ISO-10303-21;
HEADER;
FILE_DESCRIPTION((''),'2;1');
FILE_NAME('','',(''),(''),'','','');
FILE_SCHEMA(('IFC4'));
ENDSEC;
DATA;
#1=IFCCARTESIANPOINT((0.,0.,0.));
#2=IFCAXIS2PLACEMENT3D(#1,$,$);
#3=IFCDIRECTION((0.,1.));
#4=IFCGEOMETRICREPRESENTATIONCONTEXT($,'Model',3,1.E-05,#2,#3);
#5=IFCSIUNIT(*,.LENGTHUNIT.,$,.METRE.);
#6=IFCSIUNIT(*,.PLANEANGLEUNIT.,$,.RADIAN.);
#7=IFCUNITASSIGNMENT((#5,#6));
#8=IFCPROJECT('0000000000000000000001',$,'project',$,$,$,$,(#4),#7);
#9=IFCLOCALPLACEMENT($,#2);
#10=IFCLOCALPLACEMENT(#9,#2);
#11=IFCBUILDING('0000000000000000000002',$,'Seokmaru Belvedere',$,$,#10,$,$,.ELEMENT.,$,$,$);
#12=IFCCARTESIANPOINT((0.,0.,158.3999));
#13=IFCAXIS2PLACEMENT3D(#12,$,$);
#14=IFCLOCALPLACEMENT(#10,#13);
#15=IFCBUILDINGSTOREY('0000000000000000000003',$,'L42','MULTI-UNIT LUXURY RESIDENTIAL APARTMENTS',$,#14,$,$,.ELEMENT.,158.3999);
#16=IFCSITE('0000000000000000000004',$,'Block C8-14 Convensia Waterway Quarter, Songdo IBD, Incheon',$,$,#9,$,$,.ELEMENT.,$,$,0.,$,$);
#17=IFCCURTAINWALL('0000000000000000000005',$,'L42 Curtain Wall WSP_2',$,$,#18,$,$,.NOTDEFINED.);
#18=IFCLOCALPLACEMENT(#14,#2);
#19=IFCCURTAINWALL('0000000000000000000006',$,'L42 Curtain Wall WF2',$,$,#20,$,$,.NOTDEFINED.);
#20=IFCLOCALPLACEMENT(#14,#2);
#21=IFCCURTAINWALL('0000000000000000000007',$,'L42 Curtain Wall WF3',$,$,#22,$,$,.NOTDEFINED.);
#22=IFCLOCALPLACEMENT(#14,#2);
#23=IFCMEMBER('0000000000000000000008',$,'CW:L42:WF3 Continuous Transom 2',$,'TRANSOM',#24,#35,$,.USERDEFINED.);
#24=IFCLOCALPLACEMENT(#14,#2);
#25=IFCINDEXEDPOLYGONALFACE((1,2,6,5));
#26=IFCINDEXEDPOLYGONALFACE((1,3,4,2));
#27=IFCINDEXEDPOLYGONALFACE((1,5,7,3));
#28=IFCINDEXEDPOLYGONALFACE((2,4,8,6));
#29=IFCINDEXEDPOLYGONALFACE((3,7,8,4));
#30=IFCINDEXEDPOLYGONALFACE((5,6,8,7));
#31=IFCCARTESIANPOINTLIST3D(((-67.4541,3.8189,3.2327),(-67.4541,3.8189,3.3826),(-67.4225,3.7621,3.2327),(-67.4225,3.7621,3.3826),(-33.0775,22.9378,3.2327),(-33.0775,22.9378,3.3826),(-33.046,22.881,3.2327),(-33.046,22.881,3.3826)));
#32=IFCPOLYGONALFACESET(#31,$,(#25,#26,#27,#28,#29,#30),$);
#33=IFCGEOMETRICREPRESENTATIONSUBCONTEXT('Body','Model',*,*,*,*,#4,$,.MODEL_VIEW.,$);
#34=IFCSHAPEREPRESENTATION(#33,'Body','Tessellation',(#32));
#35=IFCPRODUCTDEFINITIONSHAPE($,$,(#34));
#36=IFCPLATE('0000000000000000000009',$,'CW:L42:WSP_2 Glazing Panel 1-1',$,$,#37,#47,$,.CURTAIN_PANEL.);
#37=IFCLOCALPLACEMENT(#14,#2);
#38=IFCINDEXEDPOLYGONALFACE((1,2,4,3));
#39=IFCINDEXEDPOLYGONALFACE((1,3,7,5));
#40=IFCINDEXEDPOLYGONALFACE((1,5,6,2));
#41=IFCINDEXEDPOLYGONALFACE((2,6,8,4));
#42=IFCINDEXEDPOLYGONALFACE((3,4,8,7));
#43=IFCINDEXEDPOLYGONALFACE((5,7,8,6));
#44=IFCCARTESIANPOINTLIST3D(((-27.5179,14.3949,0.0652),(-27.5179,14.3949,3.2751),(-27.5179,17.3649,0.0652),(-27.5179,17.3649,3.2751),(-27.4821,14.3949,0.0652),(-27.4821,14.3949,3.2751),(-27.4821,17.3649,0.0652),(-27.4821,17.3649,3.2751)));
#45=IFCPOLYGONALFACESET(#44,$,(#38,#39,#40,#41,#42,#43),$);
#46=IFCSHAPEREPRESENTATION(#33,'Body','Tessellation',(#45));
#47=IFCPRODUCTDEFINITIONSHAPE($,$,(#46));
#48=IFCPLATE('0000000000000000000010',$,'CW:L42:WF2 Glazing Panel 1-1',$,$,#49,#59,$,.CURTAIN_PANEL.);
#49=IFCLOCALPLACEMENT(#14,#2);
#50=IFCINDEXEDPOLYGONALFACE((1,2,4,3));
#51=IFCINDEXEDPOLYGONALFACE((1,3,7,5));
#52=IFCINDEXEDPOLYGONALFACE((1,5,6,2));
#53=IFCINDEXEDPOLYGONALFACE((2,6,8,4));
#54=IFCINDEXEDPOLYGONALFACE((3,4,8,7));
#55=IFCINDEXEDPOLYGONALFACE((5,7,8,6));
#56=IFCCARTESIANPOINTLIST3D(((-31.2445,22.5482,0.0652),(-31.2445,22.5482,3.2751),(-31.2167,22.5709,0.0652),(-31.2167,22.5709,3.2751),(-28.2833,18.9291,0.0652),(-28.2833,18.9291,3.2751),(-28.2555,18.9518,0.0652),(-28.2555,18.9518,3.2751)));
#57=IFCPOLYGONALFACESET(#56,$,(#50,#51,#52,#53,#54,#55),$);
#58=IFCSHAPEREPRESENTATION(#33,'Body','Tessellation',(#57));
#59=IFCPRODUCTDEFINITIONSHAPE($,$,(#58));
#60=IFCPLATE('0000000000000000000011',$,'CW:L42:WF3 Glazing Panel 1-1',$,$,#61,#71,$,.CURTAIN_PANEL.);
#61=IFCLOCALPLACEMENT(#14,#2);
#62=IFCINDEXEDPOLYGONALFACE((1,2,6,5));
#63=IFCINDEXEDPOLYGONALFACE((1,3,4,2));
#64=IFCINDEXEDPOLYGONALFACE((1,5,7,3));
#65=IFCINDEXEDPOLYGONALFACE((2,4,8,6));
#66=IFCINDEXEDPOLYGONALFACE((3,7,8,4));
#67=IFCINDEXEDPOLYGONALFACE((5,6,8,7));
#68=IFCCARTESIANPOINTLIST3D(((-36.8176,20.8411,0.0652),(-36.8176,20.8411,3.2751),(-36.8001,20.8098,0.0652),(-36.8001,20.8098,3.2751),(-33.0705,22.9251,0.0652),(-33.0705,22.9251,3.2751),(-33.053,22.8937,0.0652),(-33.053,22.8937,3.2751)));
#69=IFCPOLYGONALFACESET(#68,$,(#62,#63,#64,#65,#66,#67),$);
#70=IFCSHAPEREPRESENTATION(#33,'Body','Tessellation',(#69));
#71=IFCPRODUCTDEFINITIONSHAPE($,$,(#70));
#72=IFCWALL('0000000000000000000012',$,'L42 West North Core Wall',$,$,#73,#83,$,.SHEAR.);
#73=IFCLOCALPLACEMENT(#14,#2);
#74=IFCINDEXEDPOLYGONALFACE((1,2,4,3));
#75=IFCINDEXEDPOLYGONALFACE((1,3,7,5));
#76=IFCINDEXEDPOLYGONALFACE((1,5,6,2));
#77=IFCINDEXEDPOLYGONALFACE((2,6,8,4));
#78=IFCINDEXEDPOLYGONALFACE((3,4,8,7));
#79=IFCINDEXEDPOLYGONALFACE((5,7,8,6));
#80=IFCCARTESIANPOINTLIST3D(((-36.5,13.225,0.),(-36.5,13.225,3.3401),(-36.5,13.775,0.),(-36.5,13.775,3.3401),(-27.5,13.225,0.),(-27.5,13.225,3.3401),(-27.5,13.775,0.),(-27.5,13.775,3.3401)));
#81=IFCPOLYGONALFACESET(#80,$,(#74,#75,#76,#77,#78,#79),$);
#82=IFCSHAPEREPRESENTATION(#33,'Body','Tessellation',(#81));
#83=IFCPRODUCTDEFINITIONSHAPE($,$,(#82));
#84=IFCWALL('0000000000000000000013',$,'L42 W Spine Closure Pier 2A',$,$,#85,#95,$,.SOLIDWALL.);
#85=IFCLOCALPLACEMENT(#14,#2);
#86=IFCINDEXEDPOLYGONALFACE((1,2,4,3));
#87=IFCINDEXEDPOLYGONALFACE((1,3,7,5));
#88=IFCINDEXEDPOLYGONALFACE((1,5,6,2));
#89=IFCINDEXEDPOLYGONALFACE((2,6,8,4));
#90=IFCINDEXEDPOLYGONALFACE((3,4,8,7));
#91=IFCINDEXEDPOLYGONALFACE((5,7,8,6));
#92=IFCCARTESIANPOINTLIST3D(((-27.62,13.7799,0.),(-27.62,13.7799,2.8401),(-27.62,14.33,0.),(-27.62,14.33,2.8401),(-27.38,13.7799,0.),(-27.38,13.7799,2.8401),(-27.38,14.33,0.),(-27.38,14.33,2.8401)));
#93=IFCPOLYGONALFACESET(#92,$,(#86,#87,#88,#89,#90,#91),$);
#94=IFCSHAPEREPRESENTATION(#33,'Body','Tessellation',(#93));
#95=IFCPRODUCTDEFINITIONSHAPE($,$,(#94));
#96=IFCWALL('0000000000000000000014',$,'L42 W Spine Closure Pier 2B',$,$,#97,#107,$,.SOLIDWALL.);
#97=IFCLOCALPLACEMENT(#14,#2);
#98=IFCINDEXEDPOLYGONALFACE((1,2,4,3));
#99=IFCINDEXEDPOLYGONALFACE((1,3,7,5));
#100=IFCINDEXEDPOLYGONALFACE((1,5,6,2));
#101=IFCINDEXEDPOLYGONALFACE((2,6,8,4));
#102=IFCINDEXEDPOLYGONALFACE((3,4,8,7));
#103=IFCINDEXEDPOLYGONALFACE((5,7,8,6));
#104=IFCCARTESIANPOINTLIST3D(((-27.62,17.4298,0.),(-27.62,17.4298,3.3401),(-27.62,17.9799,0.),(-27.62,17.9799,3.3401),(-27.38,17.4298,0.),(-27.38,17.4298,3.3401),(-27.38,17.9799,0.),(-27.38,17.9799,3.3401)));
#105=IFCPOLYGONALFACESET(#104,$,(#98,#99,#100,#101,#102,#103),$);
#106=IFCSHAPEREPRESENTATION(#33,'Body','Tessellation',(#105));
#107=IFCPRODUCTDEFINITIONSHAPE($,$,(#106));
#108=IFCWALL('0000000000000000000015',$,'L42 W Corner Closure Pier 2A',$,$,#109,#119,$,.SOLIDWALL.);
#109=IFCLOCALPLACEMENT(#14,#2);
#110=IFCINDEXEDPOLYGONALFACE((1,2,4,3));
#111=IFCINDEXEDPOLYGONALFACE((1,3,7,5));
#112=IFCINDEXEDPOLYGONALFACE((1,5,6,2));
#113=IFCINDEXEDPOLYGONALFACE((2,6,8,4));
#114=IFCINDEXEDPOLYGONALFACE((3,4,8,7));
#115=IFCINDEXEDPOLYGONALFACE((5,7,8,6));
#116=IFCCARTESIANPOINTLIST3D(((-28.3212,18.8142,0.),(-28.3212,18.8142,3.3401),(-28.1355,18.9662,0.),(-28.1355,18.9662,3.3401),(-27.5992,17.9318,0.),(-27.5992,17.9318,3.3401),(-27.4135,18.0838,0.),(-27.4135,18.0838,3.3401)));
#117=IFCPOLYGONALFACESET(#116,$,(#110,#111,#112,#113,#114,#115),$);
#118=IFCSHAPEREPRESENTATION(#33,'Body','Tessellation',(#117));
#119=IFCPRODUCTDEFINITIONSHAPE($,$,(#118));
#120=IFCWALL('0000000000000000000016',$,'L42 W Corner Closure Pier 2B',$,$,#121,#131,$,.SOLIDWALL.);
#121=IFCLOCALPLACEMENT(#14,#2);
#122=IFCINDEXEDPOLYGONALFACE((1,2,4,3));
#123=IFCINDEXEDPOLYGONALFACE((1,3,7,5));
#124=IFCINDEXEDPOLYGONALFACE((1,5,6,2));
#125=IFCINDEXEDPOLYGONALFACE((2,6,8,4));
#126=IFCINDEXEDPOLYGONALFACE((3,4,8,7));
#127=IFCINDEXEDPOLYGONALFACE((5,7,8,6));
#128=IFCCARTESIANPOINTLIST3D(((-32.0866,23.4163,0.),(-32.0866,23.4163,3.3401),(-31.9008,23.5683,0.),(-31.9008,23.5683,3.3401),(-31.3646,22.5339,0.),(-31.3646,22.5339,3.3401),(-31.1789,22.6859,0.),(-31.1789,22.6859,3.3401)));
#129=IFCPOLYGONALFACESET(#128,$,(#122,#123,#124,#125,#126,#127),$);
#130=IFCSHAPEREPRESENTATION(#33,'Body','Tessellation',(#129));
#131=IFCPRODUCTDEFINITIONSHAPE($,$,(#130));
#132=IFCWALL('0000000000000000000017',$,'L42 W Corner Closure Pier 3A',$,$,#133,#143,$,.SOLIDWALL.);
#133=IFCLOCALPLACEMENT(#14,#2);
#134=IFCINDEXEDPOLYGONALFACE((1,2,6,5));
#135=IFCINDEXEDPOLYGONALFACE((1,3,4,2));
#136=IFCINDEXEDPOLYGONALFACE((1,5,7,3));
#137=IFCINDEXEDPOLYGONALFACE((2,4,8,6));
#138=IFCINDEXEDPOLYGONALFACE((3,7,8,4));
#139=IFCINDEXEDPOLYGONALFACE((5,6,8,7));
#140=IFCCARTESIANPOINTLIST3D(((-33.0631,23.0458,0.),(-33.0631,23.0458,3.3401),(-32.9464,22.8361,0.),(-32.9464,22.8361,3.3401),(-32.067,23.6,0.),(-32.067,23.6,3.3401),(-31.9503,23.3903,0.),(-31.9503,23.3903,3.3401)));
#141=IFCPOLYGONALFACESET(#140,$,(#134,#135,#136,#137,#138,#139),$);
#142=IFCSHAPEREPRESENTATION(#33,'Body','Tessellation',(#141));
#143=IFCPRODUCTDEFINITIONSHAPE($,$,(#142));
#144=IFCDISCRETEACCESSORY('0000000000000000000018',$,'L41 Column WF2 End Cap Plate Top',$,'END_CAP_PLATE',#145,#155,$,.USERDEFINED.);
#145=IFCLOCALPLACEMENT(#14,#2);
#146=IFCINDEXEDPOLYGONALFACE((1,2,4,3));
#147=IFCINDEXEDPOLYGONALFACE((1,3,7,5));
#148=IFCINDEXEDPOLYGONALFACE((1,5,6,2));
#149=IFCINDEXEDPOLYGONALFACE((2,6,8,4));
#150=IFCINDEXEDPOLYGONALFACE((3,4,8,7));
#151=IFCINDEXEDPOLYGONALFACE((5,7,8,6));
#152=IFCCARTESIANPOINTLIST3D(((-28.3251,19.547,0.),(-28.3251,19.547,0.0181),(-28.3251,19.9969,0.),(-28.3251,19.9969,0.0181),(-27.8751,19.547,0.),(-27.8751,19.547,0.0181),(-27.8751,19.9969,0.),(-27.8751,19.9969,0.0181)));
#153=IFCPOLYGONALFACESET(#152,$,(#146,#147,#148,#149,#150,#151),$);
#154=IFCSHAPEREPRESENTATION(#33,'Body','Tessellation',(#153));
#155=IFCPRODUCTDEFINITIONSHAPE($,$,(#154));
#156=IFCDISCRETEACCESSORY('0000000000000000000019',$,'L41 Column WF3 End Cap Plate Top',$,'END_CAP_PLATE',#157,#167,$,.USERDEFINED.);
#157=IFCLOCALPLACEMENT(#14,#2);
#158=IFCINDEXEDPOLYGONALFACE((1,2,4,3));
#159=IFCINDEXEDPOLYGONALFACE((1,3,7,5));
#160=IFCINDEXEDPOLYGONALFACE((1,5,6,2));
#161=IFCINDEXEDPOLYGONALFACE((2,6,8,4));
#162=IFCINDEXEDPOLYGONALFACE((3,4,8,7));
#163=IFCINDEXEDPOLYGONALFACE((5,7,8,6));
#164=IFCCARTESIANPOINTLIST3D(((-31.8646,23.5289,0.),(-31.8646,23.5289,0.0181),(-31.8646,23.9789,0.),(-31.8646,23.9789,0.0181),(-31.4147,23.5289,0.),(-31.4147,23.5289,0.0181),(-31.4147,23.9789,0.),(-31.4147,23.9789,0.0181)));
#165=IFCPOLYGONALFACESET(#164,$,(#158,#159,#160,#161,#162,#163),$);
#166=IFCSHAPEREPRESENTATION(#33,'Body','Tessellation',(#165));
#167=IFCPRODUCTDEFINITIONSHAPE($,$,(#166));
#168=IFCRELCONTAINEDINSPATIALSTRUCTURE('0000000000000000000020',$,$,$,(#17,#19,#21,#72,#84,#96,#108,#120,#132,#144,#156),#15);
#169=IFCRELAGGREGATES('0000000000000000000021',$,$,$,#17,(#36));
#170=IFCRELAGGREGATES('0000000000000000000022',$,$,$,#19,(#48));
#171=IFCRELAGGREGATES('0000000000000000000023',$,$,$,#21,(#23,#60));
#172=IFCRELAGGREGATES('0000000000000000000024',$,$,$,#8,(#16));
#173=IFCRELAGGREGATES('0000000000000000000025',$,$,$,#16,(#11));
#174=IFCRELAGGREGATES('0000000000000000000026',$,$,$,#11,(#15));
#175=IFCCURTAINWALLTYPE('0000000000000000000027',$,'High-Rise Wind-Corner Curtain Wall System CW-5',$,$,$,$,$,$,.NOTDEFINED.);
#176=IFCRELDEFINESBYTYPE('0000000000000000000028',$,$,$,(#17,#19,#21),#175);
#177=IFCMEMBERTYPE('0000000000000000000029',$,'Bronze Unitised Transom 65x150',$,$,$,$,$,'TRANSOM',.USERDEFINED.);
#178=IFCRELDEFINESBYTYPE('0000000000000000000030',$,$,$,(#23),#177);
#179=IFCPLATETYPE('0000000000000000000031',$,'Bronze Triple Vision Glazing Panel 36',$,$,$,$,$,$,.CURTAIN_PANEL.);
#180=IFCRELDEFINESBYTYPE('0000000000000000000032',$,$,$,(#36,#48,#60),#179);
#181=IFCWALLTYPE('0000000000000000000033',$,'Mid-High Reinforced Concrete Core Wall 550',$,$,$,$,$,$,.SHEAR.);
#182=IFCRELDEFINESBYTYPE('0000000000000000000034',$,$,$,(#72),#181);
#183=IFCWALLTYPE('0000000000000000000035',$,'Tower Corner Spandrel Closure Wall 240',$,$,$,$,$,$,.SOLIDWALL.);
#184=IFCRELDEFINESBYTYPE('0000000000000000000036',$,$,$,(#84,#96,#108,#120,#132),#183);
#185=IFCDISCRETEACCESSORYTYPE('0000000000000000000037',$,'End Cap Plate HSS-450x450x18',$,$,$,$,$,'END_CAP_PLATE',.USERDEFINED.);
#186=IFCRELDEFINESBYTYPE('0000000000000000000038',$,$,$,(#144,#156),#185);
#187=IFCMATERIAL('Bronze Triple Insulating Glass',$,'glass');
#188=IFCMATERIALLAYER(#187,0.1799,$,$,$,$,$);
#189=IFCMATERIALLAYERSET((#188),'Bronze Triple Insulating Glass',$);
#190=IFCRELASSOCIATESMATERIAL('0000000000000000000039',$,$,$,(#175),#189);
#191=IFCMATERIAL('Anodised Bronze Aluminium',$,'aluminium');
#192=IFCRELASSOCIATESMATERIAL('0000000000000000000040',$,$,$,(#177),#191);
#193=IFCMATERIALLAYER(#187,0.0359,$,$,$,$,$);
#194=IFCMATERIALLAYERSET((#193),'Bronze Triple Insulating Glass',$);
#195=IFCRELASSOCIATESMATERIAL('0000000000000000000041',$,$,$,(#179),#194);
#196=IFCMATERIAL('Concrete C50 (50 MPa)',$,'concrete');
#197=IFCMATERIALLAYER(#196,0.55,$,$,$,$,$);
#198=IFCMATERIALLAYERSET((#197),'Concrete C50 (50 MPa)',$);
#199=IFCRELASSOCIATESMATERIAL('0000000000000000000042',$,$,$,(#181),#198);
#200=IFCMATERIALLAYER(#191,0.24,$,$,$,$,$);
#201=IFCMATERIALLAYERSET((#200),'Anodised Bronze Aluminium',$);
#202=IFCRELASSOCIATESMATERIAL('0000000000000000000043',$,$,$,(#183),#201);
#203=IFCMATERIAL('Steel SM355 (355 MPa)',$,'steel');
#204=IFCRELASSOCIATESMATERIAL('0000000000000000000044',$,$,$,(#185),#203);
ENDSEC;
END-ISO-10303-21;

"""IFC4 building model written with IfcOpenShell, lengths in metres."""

from ifc_helpers import new_model, si_unit, direction, frame, frame_2d, origin, origin_2d, place, context, subcontext, project, spatial, rectangle, extrude, source, transform, mapped, material, layer, layer_set, material_profile, profile_set, type_object, type_shapes, element, aggregate, save


model = new_model("IFC4")

# Units and contexts
model_context = context("Model", 3, precision=1e-05, world=origin(), true_north=direction((0.0, 1.0)))
body_context = subcontext(model_context, "Body", "Model", "MODEL_VIEW")
ifc_project = project(units=[si_unit("LENGTHUNIT", "METRE"), si_unit("PLANEANGLEUNIT", "RADIAN")], contexts=[model_context])

# Site, building, storey
site_placement = place(None, origin())
site = spatial("IfcSite", under=ifc_project, at=site_placement, Name="Block C8-14 Convensia Waterway Quarter, Songdo IBD, Incheon", CompositionType="ELEMENT", RefElevation=0.0)
building_placement = place(site_placement, origin())
building = spatial("IfcBuilding", under=site, at=building_placement, Name="Seokmaru Belvedere", CompositionType="ELEMENT")
storey_placement = place(building_placement, frame((0.0, 0.0, 158.3999)))
storey = spatial("IfcBuildingStorey", under=building, at=storey_placement, Name="L42", Description="MULTI-UNIT LUXURY RESIDENTIAL APARTMENTS", CompositionType="ELEMENT", Elevation=158.3999)

# Shared definitions
ifc_material_1 = material(Name="Steel SM355 (355 MPa)", Category="steel")

# Curtain walls
ifc_material_2 = material(Name="Bronze Triple Insulating Glass", Category="glass")
ifc_layer_1 = layer(ifc_material_2, 0.1799)
ifc_layer_set_1 = layer_set([ifc_layer_1], Name="Bronze Triple Insulating Glass")
curtain_wall_type = type_object("IfcCurtainWallType", Name="High-Rise Wind-Corner Curtain Wall System CW-5", PredefinedType="NOTDEFINED", material=ifc_layer_set_1)
curtain_wall_1_placement = place(storey_placement, origin())
curtain_wall_1 = element("IfcCurtainWall", 1, at=curtain_wall_1_placement, inside=storey, type_object=curtain_wall_type, Name="L42 Curtain Wall WSP_2", PredefinedType="NOTDEFINED")
ifc_material_3 = material(Name="Anodised Bronze Aluminium", Category="aluminium")
curtain_wall_2_placement = place(storey_placement, origin())
curtain_wall_2 = element("IfcCurtainWall", 2, at=curtain_wall_2_placement, inside=storey, type_object=curtain_wall_type, Name="L42 Curtain Wall WF2", PredefinedType="NOTDEFINED")

# Curtain wall
curtain_wall_3_placement = place(storey_placement, origin())
curtain_wall_3 = element("IfcCurtainWall", 3, at=curtain_wall_3_placement, inside=storey, type_object=curtain_wall_type, Name="L42 Curtain Wall WF3", PredefinedType="NOTDEFINED")

# Member
ifc_material_profile_1 = material_profile(ifc_material_3, rectangle(XDim=0.0649, YDim=0.1499, at=origin_2d()), Name="CW-T-65x150")
ifc_profile_set_1 = profile_set([ifc_material_profile_1], Name="Anodised Bronze Aluminium")
member_type_1 = type_object("IfcMemberType", Name="Bronze Unitised Transom 65x150", ElementType="TRANSOM", PredefinedType="USERDEFINED", material=ifc_profile_set_1)
shared_shape_1 = source(origin(), body_context, "Body", "SweptSolid", [
    extrude(rectangle(XDim=0.0649, YDim=0.1499, at=origin_2d()), origin(), (0.0, 0.0, 1.0), 39.3354),
])
member_1_placement = place(storey_placement, frame((-33.0618, 22.9094, 3.3076), z_axis=(-0.873932, -0.486048, 0.0), x_axis=(0.486048, -0.873932, 0.0)))
member_1 = element("IfcMember", 4, at=member_1_placement, type_object=member_type_1, Name="CW:L42:WF3 Continuous Transom 2", ObjectType="TRANSOM", PredefinedType="USERDEFINED", context=body_context, shape_type="MappedRepresentation", body=[
    mapped(shared_shape_1, transform((0.0, 0.0, 0.0), scale=1.0)),
])

# Plates
ifc_layer_2 = layer(ifc_material_2, 0.0359)
ifc_layer_set_2 = layer_set([ifc_layer_2], Name="Bronze Triple Insulating Glass")
plate_type = type_object("IfcPlateType", Name="Bronze Triple Vision Glazing Panel 36", PredefinedType="CURTAIN_PANEL", material=ifc_layer_set_2)
shared_shape_2 = source(origin(), body_context, "Body", "SweptSolid", [
    extrude(rectangle(XDim=2.97, YDim=0.0359, at=origin_2d()), origin(), (0.0, 0.0, 1.0), 3.21),
])
plate_1_placement = place(storey_placement, frame((-27.5, 15.8799, 0.0652), z_axis=(0.0, 0.0, 1.0), x_axis=(0.0, 1.0, 0.0)))
plate_1 = element("IfcPlate", 5, at=plate_1_placement, type_object=plate_type, Name="CW:L42:WSP_2 Glazing Panel 1-1", PredefinedType="CURTAIN_PANEL", context=body_context, shape_type="MappedRepresentation", body=[
    mapped(shared_shape_2, transform((0.0, 0.0, 0.0), scale=1.0)),
])
aggregate(curtain_wall_1, [plate_1])
shared_shape_3 = source(origin(), body_context, "Body", "SweptSolid", [
    extrude(rectangle(XDim=4.6763, YDim=0.0359, at=origin_2d()), origin(), (0.0, 0.0, 1.0), 3.21),
])
plate_2_placement = place(storey_placement, frame((-29.75, 20.75, 0.0652), z_axis=(0.0, 0.0, 1.0), x_axis=(-0.633254, 0.773944, 0.0)))
plate_2 = element("IfcPlate", 6, at=plate_2_placement, type_object=plate_type, Name="CW:L42:WF2 Glazing Panel 1-1", PredefinedType="CURTAIN_PANEL", context=body_context, shape_type="MappedRepresentation", body=[
    mapped(shared_shape_3, transform((0.0, 0.0, 0.0), scale=1.0)),
])
aggregate(curtain_wall_2, [plate_2])
shared_shape_4 = source(origin(), body_context, "Body", "SweptSolid", [
    extrude(rectangle(XDim=4.2876, YDim=0.0359, at=origin_2d()), origin(), (0.0, 0.0, 1.0), 3.21),
])
type_shapes(plate_type, [shared_shape_2, shared_shape_3, shared_shape_4])
plate_3_placement = place(storey_placement, frame((-34.9353, 21.8674, 0.0652), z_axis=(0.0, 0.0, 1.0), x_axis=(-0.873933, -0.486047, 0.0)))
plate_3 = element("IfcPlate", 7, at=plate_3_placement, type_object=plate_type, Name="CW:L42:WF3 Glazing Panel 1-1", PredefinedType="CURTAIN_PANEL", context=body_context, shape_type="MappedRepresentation", body=[
    mapped(shared_shape_4, transform((0.0, 0.0, 0.0), scale=1.0)),
])
aggregate(curtain_wall_3, [member_1, plate_3])

# Walls
ifc_material_4 = material(Name="Concrete C50 (50 MPa)", Category="concrete")
ifc_layer_3 = layer(ifc_material_4, 0.55)
ifc_layer_set_3 = layer_set([ifc_layer_3], Name="Concrete C50 (50 MPa)")
wall_type_1 = type_object("IfcWallType", Name="Mid-High Reinforced Concrete Core Wall 550", PredefinedType="SHEAR", material=ifc_layer_set_3)
wall_1_placement = place(storey_placement, frame((-36.5, 13.5, 0.0), z_axis=(0.0, 0.0, 1.0), x_axis=(1.0, 0.0, 0.0)))
element("IfcWall", 8, at=wall_1_placement, inside=storey, type_object=wall_type_1, Name="L42 West North Core Wall", PredefinedType="SHEAR", context=body_context, shape_type="SweptSolid", body=[
    extrude(rectangle(XDim=9.0, YDim=0.55, at=frame_2d((4.5, 0.0))), origin(), (0.0, 0.0, 1.0), 3.3401),
])
ifc_layer_4 = layer(ifc_material_3, 0.24)
ifc_layer_set_4 = layer_set([ifc_layer_4], Name="Anodised Bronze Aluminium")
wall_type_2 = type_object("IfcWallType", Name="Tower Corner Spandrel Closure Wall 240", PredefinedType="SOLIDWALL", material=ifc_layer_set_4)
wall_2_placement = place(storey_placement, frame((-27.5, 13.78, 0.0), z_axis=(0.0, 0.0, 1.0), x_axis=(0.0, 1.0, 0.0)))
element("IfcWall", 9, at=wall_2_placement, inside=storey, type_object=wall_type_2, Name="L42 W Spine Closure Pier 2A", PredefinedType="SOLIDWALL", context=body_context, shape_type="SweptSolid", body=[
    extrude(rectangle(XDim=0.55, YDim=0.24, at=frame_2d((0.2749, 0.0))), origin(), (0.0, 0.0, 1.0), 2.8401),
])
wall_3_placement = place(storey_placement, frame((-27.5, 17.4299, 0.0), z_axis=(0.0, 0.0, 1.0), x_axis=(0.0, 1.0, 0.0)))
element("IfcWall", 10, at=wall_3_placement, inside=storey, type_object=wall_type_2, Name="L42 W Spine Closure Pier 2B", PredefinedType="SOLIDWALL", context=body_context, shape_type="SweptSolid", body=[
    extrude(rectangle(XDim=0.55, YDim=0.24, at=frame_2d((0.2749, 0.0))), origin(), (0.0, 0.0, 1.0), 3.3401),
])
for number, where, z_axis, x_axis, name in (
    (11, (-27.5063, 18.0078, 0.0), (0.0, 0.0, 1.0), (-0.633249, 0.773948, 0.0), "L42 W Corner Closure Pier 2A"),
    (12, (-31.2717, 22.6099, 0.0), (0.0, 0.0, 1.0), (-0.633249, 0.773948, 0.0), "L42 W Corner Closure Pier 2B"),
):
    element("IfcWall", number, at=place(storey_placement, frame(where, z_axis=z_axis, x_axis=x_axis)), inside=storey, type_object=wall_type_2, Name=name, PredefinedType="SOLIDWALL", context=body_context, shape_type="SweptSolid", body=[
        extrude(rectangle(XDim=1.1401, YDim=0.24, at=frame_2d((0.5701, 0.0))), origin(), (0.0, 0.0, 1.0), 3.3401),
    ])
wall_4_placement = place(storey_placement, frame((-32.0088, 23.4951, 0.0), z_axis=(0.0, 0.0, 1.0), x_axis=(-0.873854, -0.486188, 0.0)))
element("IfcWall", 13, at=wall_4_placement, inside=storey, type_object=wall_type_2, Name="L42 W Corner Closure Pier 3A", PredefinedType="SOLIDWALL", context=body_context, shape_type="SweptSolid", body=[
    extrude(rectangle(XDim=1.1399, YDim=0.24, at=frame_2d((0.5698, 0.0))), origin(), (0.0, 0.0, 1.0), 3.3401),
])

# Discrete accessories
discrete_accessory_type = type_object("IfcDiscreteAccessoryType", Name="End Cap Plate HSS-450x450x18", ElementType="END_CAP_PLATE", PredefinedType="USERDEFINED", material=ifc_material_1)
shared_shape_5 = source(origin(), body_context, "Body", "SweptSolid", [
    extrude(rectangle(XDim=0.45, YDim=0.45, at=origin_2d()), origin(), (0.0, 0.0, 1.0), 0.0181),
])
type_shapes(discrete_accessory_type, [shared_shape_5])
for number, where, z_axis, x_axis, name in (
    (14, (-28.1001, 19.772, 0.0), (0.0, 0.0, 1.0), (1.0, 0.0, 0.0), "L41 Column WF2 End Cap Plate Top"),
    (15, (-31.6396, 23.7539, 0.0), (0.0, 0.0, 1.0), (1.0, 0.0, 0.0), "L41 Column WF3 End Cap Plate Top"),
):
    element("IfcDiscreteAccessory", number, at=place(storey_placement, frame(where, z_axis=z_axis, x_axis=x_axis)), inside=storey, type_object=discrete_accessory_type, Name=name, ObjectType="END_CAP_PLATE", PredefinedType="USERDEFINED", context=body_context, shape_type="MappedRepresentation", body=[
        mapped(shared_shape_5, transform((0.0, 0.0, 0.0), scale=1.0)),
    ])

save(model, "model.ifc")
